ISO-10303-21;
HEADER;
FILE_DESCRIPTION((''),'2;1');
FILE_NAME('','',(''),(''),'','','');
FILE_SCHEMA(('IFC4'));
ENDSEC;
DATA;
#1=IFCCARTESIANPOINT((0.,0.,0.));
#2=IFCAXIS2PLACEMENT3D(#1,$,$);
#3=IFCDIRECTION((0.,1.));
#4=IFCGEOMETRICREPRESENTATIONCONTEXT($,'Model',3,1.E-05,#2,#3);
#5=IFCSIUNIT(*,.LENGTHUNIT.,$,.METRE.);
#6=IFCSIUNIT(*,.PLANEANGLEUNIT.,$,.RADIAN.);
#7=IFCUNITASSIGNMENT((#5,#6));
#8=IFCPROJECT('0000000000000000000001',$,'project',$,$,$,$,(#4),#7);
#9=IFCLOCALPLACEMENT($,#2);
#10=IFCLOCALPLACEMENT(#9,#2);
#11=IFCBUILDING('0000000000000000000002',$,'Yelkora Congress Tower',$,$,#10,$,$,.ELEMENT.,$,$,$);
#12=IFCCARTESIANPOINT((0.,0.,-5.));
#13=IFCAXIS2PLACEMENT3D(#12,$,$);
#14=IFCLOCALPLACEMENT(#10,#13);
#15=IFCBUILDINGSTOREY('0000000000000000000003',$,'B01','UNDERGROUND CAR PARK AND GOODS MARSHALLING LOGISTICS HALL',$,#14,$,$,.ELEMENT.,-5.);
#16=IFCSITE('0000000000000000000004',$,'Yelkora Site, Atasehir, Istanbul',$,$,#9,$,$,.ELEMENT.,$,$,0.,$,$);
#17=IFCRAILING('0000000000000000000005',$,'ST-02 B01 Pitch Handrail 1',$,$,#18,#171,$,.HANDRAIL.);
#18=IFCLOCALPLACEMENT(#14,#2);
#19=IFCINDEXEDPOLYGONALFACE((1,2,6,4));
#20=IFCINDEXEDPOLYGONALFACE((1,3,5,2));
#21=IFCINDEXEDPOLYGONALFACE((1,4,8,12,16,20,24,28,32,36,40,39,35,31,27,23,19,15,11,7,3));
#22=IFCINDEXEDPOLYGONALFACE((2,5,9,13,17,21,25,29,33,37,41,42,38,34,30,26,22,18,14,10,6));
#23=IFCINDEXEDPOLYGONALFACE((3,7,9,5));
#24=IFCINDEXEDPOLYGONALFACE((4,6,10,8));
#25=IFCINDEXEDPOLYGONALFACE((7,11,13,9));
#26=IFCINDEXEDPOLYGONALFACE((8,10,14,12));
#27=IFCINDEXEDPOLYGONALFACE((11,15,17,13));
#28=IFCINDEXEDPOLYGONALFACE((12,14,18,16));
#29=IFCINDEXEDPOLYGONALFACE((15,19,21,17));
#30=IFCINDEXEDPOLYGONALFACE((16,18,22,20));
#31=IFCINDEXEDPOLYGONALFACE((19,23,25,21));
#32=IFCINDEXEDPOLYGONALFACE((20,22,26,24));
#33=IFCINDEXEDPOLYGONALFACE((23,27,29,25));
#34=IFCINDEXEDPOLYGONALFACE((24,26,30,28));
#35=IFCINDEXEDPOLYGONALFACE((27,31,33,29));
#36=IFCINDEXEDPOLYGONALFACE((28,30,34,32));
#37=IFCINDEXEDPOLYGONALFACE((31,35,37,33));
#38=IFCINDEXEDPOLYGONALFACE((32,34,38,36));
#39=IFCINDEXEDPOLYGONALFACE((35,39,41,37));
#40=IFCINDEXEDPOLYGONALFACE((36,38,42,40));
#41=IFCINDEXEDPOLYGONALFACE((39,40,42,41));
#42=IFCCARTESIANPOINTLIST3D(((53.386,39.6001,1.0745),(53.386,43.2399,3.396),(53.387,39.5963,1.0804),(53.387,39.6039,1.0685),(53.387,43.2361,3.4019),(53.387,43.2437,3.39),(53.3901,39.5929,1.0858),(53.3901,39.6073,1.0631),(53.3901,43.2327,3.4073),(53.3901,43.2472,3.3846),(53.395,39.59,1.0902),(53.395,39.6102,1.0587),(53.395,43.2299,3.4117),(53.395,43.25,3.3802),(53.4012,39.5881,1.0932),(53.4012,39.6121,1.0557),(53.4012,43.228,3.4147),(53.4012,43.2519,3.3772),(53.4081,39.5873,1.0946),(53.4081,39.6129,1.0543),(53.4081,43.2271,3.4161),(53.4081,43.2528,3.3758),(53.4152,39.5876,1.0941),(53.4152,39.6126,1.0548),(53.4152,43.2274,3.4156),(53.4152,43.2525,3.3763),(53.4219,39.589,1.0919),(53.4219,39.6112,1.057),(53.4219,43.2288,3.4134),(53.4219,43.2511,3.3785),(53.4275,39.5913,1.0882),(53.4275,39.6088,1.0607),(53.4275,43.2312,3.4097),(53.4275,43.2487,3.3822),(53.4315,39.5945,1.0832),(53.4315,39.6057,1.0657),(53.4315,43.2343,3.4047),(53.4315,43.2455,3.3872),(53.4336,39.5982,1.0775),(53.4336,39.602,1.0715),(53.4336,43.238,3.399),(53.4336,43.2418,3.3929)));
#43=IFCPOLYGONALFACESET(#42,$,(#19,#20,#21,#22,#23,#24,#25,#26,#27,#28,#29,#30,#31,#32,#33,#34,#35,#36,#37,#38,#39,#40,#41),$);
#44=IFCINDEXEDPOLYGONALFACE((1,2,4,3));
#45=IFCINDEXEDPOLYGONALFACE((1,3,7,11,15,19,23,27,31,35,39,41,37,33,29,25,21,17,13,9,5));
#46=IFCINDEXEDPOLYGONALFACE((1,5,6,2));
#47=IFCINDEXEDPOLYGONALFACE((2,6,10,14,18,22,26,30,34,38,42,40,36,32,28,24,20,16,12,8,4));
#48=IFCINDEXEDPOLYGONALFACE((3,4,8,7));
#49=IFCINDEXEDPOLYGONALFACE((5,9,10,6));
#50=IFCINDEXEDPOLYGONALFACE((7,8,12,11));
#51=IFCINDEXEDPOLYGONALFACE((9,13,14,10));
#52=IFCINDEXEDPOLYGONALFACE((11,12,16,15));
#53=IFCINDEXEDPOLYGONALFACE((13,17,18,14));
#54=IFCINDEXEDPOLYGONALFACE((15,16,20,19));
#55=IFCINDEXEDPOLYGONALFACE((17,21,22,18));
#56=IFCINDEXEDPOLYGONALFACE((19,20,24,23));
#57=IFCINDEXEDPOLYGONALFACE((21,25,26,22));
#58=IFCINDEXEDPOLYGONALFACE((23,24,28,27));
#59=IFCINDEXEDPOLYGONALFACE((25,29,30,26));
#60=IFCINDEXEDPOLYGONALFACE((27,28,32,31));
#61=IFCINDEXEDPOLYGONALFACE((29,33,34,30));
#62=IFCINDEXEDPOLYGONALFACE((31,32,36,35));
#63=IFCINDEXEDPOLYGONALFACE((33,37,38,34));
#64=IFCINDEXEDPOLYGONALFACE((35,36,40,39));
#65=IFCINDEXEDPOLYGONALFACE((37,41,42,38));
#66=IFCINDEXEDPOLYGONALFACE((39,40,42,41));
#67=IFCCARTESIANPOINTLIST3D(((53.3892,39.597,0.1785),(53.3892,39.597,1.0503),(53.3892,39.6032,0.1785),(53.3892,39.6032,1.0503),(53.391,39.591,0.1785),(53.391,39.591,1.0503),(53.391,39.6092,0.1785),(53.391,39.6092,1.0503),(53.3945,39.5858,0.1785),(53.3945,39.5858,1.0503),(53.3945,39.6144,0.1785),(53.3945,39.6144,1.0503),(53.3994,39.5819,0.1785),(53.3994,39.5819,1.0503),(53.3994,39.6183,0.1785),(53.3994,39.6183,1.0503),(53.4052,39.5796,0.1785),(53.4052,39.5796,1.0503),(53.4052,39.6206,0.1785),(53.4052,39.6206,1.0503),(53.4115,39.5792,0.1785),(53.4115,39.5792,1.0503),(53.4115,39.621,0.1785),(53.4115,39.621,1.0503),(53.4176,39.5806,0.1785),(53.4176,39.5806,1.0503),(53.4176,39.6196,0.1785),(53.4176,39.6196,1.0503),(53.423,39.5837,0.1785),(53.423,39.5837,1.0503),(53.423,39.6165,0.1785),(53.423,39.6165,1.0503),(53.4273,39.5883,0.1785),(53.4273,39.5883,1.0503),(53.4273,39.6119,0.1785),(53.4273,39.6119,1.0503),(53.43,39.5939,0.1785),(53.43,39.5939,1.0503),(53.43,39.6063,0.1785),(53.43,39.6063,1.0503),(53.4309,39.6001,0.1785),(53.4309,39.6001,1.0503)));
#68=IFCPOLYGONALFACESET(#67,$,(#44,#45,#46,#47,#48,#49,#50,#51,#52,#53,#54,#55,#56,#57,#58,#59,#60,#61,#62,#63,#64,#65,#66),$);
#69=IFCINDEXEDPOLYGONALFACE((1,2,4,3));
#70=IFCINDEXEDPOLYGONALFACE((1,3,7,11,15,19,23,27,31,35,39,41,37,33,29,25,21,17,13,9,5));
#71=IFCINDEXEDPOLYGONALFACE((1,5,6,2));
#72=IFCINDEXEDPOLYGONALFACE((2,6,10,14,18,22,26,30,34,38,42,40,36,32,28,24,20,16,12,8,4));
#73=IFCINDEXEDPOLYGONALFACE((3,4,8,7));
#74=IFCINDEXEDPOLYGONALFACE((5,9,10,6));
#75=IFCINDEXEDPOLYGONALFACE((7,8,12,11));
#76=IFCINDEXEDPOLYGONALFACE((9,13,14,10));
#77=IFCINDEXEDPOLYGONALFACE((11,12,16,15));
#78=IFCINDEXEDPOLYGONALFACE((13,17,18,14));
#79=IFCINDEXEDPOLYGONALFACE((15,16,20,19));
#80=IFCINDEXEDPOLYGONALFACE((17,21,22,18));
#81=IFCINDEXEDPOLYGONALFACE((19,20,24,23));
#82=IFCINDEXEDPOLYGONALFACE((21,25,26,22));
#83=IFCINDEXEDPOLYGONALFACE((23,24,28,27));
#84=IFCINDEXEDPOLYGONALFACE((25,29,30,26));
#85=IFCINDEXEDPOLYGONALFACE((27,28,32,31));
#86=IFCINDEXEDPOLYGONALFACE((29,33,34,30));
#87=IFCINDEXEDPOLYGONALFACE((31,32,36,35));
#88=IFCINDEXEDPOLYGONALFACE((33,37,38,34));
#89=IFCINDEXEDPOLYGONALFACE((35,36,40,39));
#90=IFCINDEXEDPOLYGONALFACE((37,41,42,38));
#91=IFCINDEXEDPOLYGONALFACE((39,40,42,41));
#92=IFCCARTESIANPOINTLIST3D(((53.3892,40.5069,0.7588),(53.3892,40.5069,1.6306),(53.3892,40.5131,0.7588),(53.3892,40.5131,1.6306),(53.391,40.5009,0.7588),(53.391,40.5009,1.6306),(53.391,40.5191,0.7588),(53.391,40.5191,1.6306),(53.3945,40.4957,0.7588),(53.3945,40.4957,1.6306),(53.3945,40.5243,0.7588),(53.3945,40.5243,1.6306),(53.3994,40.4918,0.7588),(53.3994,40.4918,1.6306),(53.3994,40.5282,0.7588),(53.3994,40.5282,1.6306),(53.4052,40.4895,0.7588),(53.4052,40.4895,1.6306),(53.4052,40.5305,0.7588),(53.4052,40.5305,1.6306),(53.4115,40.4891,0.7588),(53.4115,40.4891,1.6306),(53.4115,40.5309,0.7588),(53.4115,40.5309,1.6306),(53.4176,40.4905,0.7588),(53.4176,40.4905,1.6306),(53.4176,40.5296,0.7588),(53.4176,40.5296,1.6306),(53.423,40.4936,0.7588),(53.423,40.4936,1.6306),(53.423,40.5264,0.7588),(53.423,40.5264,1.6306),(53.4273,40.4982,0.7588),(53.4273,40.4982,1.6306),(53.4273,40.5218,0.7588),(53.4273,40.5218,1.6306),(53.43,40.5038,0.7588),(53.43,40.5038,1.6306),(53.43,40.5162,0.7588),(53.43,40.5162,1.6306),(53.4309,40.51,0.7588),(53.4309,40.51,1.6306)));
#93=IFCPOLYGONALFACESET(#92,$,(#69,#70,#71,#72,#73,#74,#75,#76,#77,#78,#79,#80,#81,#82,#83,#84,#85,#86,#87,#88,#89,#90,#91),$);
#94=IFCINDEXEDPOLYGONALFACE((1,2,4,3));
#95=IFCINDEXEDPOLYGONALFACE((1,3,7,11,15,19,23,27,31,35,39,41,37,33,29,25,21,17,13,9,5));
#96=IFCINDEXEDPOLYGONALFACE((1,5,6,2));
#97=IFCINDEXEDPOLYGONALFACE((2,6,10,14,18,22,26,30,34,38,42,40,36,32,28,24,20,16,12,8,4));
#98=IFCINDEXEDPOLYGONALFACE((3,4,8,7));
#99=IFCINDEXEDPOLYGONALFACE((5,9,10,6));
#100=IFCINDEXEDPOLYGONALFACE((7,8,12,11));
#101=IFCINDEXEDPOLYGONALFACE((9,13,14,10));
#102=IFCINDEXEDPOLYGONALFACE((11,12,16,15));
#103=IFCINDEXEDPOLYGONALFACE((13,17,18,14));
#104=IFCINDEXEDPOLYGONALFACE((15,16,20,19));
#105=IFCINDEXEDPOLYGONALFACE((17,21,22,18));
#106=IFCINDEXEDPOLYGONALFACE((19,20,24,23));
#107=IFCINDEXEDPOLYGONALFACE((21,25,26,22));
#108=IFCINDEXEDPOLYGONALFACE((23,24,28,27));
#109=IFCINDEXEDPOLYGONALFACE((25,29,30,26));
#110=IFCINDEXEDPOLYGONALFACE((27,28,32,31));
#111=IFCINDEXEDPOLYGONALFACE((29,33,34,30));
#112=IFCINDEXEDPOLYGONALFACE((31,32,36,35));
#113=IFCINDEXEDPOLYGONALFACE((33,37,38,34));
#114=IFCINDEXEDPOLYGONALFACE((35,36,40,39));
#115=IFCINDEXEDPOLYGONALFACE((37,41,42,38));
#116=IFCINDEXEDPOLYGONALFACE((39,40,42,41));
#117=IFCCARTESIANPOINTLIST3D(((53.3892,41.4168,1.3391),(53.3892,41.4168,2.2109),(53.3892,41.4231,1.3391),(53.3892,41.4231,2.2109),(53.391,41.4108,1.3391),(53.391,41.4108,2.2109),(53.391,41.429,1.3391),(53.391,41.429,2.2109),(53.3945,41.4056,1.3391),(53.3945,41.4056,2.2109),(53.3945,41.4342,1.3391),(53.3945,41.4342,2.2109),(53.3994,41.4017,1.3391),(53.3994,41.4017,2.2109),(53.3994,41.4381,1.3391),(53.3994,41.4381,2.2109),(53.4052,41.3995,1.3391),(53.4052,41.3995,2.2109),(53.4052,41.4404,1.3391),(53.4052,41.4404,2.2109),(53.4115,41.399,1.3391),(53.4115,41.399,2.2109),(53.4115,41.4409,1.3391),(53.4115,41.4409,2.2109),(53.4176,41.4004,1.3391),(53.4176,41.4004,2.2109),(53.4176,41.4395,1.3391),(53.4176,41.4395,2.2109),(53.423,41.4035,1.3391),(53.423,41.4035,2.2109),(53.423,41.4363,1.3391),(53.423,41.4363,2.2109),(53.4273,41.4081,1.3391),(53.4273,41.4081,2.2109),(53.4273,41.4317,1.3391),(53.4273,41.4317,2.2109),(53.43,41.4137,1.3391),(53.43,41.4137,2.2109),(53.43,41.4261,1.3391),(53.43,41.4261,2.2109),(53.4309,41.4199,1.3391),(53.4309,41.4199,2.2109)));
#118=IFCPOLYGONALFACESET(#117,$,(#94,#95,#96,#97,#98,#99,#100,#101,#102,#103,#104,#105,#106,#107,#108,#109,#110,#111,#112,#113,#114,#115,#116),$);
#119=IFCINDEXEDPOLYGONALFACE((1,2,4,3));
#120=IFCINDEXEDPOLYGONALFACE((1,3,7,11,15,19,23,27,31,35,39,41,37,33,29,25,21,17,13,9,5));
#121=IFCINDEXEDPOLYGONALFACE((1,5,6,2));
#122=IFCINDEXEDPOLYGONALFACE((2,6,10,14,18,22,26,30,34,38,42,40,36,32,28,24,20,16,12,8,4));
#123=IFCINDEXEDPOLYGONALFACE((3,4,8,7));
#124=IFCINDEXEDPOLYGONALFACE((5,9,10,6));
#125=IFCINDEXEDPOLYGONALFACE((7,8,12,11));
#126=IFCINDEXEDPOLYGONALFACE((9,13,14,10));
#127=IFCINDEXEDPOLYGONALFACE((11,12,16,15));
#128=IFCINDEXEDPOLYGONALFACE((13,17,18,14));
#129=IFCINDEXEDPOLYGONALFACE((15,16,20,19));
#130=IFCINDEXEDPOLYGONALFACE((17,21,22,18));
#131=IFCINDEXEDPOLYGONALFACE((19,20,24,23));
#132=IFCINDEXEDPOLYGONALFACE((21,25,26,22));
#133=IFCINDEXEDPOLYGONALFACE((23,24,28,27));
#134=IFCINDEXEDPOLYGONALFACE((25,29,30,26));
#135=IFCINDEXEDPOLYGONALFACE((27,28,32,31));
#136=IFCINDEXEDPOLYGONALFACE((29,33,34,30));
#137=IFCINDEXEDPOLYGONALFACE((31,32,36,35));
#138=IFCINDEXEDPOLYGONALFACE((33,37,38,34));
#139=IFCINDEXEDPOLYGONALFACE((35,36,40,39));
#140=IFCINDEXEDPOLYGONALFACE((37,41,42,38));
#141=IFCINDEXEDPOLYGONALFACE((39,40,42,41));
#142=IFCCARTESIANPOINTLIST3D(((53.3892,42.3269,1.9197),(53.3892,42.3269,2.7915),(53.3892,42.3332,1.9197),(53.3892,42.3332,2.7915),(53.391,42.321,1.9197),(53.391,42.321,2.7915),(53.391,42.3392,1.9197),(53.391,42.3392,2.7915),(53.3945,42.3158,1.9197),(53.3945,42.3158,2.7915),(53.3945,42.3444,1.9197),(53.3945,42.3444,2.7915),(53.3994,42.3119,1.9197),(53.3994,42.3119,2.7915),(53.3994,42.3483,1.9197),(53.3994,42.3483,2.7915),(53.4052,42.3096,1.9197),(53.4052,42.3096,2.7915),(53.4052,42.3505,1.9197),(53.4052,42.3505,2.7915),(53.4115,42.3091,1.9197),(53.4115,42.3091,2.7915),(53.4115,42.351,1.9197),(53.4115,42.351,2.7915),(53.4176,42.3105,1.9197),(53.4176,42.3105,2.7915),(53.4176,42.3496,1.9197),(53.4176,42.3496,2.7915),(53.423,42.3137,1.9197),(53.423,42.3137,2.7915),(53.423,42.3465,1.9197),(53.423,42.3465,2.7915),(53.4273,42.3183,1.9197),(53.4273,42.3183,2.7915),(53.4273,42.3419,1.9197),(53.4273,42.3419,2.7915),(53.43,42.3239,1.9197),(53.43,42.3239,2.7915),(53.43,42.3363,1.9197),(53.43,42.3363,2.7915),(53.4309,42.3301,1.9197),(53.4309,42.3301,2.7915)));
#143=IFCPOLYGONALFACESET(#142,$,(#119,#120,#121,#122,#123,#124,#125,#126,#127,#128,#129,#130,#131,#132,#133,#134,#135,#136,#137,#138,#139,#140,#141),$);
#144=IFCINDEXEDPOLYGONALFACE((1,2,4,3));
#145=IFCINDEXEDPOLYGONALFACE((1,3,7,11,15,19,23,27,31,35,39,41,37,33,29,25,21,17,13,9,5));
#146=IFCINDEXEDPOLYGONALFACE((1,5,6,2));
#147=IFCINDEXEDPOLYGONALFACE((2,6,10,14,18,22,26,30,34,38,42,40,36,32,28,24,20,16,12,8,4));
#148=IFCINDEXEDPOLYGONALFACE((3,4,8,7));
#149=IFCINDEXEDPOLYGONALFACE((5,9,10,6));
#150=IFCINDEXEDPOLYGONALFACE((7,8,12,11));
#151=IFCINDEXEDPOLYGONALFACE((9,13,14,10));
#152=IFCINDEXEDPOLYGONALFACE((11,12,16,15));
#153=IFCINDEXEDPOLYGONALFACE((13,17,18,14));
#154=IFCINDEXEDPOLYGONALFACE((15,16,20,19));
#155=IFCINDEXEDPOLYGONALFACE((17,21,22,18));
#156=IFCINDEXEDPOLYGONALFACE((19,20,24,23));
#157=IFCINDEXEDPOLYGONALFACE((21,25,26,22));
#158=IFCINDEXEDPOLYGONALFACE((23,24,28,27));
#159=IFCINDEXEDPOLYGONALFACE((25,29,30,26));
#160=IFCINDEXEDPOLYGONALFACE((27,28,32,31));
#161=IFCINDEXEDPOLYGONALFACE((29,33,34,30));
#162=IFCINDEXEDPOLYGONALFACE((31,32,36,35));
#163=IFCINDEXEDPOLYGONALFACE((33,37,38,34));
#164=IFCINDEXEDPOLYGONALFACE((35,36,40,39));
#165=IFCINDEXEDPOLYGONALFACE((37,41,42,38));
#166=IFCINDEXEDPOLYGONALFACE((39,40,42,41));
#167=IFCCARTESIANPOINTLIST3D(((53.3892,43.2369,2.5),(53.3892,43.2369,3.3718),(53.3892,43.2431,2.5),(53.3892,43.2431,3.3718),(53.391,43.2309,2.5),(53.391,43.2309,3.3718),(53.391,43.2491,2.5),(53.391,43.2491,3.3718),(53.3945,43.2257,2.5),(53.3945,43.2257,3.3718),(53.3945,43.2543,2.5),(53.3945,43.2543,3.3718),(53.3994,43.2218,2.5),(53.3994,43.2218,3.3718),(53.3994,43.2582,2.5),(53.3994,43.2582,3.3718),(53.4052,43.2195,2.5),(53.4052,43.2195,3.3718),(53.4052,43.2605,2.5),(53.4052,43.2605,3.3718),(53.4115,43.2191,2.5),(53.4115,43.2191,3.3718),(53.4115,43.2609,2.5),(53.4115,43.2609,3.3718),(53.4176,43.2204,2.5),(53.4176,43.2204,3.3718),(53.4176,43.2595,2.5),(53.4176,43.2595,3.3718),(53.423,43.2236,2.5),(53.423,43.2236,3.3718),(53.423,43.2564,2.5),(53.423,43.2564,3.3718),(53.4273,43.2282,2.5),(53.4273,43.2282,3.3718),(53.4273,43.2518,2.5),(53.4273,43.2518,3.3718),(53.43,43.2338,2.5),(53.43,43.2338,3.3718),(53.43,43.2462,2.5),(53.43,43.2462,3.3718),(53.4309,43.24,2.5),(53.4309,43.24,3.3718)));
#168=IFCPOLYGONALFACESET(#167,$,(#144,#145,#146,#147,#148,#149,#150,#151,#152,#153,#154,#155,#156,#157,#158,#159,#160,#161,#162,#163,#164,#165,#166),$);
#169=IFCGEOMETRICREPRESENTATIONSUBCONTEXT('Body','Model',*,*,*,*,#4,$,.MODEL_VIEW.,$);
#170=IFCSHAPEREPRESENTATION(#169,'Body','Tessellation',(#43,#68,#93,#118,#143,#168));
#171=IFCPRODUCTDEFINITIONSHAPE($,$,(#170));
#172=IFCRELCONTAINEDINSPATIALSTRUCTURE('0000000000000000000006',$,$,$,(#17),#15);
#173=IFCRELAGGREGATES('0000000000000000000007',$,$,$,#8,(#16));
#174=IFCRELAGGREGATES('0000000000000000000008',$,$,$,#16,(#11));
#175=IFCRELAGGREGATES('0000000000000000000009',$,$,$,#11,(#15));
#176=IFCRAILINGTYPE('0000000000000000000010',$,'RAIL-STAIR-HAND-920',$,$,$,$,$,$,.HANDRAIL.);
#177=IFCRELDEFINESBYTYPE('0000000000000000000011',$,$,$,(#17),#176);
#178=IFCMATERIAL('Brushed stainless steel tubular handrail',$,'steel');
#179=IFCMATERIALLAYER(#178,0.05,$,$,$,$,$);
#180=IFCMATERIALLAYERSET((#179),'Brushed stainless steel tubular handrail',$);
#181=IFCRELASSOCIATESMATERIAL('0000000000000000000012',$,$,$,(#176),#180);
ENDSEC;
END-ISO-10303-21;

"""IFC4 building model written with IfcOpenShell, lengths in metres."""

from ifc_helpers import new_model, si_unit, direction, frame, origin, origin_2d, place, context, subcontext, project, spatial, circle, extrude, material, layer, layer_set, type_object, element, save


model = new_model("IFC4")

# Units and contexts
model_context = context("Model", 3, precision=1e-05, world=origin(), true_north=direction((0.0, 1.0)))
body_context = subcontext(model_context, "Body", "Model", "MODEL_VIEW")
ifc_project = project(units=[si_unit("LENGTHUNIT", "METRE"), si_unit("PLANEANGLEUNIT", "RADIAN")], contexts=[model_context])

# Site, building, storey
site_placement = place(None, origin())
site = spatial("IfcSite", under=ifc_project, at=site_placement, Name="Yelkora Site, Atasehir, Istanbul", CompositionType="ELEMENT", RefElevation=0.0)
building_placement = place(site_placement, origin())
building = spatial("IfcBuilding", under=site, at=building_placement, Name="Yelkora Congress Tower", CompositionType="ELEMENT")
storey_placement = place(building_placement, frame((0.0, 0.0, -5.0)))
storey = spatial("IfcBuildingStorey", under=building, at=storey_placement, Name="B01", Description="UNDERGROUND CAR PARK AND GOODS MARSHALLING LOGISTICS HALL", CompositionType="ELEMENT", Elevation=-5.0)

# Railing
ifc_material_1 = material(Name="Brushed stainless steel tubular handrail", Category="steel")
ifc_layer_1 = layer(ifc_material_1, 0.05)
ifc_layer_set_1 = layer_set([ifc_layer_1], Name="Brushed stainless steel tubular handrail")
railing_type_1 = type_object("IfcRailingType", Name="RAIL-STAIR-HAND-920", PredefinedType="HANDRAIL", material=ifc_layer_set_1)
railing_1_placement = place(storey_placement, frame((53.4099, 39.6001, 0.1785)))
element("IfcRailing", 1, at=railing_1_placement, inside=storey, type_object=railing_type_1, Name="ST-02 B01 Pitch Handrail 1", PredefinedType="HANDRAIL", context=body_context, shape_type="SweptSolid", body=[
    extrude(circle(Radius=0.0239, at=origin_2d()), frame((0.0, 0.0, 0.896), z_axis=(0.0, 0.843112, 0.537739), x_axis=(-1.0, 0.0, 0.0)), (0.0, 0.0, 1.0), 4.3171),
    extrude(circle(Radius=0.021, at=origin_2d()), origin(), (0.0, 0.0, 1.0), 0.8718),
    extrude(circle(Radius=0.021, at=origin_2d()), frame((0.0, 0.9099, 0.5803)), (0.0, 0.0, 1.0), 0.8718),
    extrude(circle(Radius=0.021, at=origin_2d()), frame((0.0, 1.8198, 1.1606)), (0.0, 0.0, 1.0), 0.8718),
    extrude(circle(Radius=0.021, at=origin_2d()), frame((0.0, 2.73, 1.7412)), (0.0, 0.0, 1.0), 0.8718),
    extrude(circle(Radius=0.021, at=origin_2d()), frame((0.0, 3.6399, 2.3215)), (0.0, 0.0, 1.0), 0.8718),
])

save(model, "model.ifc")
